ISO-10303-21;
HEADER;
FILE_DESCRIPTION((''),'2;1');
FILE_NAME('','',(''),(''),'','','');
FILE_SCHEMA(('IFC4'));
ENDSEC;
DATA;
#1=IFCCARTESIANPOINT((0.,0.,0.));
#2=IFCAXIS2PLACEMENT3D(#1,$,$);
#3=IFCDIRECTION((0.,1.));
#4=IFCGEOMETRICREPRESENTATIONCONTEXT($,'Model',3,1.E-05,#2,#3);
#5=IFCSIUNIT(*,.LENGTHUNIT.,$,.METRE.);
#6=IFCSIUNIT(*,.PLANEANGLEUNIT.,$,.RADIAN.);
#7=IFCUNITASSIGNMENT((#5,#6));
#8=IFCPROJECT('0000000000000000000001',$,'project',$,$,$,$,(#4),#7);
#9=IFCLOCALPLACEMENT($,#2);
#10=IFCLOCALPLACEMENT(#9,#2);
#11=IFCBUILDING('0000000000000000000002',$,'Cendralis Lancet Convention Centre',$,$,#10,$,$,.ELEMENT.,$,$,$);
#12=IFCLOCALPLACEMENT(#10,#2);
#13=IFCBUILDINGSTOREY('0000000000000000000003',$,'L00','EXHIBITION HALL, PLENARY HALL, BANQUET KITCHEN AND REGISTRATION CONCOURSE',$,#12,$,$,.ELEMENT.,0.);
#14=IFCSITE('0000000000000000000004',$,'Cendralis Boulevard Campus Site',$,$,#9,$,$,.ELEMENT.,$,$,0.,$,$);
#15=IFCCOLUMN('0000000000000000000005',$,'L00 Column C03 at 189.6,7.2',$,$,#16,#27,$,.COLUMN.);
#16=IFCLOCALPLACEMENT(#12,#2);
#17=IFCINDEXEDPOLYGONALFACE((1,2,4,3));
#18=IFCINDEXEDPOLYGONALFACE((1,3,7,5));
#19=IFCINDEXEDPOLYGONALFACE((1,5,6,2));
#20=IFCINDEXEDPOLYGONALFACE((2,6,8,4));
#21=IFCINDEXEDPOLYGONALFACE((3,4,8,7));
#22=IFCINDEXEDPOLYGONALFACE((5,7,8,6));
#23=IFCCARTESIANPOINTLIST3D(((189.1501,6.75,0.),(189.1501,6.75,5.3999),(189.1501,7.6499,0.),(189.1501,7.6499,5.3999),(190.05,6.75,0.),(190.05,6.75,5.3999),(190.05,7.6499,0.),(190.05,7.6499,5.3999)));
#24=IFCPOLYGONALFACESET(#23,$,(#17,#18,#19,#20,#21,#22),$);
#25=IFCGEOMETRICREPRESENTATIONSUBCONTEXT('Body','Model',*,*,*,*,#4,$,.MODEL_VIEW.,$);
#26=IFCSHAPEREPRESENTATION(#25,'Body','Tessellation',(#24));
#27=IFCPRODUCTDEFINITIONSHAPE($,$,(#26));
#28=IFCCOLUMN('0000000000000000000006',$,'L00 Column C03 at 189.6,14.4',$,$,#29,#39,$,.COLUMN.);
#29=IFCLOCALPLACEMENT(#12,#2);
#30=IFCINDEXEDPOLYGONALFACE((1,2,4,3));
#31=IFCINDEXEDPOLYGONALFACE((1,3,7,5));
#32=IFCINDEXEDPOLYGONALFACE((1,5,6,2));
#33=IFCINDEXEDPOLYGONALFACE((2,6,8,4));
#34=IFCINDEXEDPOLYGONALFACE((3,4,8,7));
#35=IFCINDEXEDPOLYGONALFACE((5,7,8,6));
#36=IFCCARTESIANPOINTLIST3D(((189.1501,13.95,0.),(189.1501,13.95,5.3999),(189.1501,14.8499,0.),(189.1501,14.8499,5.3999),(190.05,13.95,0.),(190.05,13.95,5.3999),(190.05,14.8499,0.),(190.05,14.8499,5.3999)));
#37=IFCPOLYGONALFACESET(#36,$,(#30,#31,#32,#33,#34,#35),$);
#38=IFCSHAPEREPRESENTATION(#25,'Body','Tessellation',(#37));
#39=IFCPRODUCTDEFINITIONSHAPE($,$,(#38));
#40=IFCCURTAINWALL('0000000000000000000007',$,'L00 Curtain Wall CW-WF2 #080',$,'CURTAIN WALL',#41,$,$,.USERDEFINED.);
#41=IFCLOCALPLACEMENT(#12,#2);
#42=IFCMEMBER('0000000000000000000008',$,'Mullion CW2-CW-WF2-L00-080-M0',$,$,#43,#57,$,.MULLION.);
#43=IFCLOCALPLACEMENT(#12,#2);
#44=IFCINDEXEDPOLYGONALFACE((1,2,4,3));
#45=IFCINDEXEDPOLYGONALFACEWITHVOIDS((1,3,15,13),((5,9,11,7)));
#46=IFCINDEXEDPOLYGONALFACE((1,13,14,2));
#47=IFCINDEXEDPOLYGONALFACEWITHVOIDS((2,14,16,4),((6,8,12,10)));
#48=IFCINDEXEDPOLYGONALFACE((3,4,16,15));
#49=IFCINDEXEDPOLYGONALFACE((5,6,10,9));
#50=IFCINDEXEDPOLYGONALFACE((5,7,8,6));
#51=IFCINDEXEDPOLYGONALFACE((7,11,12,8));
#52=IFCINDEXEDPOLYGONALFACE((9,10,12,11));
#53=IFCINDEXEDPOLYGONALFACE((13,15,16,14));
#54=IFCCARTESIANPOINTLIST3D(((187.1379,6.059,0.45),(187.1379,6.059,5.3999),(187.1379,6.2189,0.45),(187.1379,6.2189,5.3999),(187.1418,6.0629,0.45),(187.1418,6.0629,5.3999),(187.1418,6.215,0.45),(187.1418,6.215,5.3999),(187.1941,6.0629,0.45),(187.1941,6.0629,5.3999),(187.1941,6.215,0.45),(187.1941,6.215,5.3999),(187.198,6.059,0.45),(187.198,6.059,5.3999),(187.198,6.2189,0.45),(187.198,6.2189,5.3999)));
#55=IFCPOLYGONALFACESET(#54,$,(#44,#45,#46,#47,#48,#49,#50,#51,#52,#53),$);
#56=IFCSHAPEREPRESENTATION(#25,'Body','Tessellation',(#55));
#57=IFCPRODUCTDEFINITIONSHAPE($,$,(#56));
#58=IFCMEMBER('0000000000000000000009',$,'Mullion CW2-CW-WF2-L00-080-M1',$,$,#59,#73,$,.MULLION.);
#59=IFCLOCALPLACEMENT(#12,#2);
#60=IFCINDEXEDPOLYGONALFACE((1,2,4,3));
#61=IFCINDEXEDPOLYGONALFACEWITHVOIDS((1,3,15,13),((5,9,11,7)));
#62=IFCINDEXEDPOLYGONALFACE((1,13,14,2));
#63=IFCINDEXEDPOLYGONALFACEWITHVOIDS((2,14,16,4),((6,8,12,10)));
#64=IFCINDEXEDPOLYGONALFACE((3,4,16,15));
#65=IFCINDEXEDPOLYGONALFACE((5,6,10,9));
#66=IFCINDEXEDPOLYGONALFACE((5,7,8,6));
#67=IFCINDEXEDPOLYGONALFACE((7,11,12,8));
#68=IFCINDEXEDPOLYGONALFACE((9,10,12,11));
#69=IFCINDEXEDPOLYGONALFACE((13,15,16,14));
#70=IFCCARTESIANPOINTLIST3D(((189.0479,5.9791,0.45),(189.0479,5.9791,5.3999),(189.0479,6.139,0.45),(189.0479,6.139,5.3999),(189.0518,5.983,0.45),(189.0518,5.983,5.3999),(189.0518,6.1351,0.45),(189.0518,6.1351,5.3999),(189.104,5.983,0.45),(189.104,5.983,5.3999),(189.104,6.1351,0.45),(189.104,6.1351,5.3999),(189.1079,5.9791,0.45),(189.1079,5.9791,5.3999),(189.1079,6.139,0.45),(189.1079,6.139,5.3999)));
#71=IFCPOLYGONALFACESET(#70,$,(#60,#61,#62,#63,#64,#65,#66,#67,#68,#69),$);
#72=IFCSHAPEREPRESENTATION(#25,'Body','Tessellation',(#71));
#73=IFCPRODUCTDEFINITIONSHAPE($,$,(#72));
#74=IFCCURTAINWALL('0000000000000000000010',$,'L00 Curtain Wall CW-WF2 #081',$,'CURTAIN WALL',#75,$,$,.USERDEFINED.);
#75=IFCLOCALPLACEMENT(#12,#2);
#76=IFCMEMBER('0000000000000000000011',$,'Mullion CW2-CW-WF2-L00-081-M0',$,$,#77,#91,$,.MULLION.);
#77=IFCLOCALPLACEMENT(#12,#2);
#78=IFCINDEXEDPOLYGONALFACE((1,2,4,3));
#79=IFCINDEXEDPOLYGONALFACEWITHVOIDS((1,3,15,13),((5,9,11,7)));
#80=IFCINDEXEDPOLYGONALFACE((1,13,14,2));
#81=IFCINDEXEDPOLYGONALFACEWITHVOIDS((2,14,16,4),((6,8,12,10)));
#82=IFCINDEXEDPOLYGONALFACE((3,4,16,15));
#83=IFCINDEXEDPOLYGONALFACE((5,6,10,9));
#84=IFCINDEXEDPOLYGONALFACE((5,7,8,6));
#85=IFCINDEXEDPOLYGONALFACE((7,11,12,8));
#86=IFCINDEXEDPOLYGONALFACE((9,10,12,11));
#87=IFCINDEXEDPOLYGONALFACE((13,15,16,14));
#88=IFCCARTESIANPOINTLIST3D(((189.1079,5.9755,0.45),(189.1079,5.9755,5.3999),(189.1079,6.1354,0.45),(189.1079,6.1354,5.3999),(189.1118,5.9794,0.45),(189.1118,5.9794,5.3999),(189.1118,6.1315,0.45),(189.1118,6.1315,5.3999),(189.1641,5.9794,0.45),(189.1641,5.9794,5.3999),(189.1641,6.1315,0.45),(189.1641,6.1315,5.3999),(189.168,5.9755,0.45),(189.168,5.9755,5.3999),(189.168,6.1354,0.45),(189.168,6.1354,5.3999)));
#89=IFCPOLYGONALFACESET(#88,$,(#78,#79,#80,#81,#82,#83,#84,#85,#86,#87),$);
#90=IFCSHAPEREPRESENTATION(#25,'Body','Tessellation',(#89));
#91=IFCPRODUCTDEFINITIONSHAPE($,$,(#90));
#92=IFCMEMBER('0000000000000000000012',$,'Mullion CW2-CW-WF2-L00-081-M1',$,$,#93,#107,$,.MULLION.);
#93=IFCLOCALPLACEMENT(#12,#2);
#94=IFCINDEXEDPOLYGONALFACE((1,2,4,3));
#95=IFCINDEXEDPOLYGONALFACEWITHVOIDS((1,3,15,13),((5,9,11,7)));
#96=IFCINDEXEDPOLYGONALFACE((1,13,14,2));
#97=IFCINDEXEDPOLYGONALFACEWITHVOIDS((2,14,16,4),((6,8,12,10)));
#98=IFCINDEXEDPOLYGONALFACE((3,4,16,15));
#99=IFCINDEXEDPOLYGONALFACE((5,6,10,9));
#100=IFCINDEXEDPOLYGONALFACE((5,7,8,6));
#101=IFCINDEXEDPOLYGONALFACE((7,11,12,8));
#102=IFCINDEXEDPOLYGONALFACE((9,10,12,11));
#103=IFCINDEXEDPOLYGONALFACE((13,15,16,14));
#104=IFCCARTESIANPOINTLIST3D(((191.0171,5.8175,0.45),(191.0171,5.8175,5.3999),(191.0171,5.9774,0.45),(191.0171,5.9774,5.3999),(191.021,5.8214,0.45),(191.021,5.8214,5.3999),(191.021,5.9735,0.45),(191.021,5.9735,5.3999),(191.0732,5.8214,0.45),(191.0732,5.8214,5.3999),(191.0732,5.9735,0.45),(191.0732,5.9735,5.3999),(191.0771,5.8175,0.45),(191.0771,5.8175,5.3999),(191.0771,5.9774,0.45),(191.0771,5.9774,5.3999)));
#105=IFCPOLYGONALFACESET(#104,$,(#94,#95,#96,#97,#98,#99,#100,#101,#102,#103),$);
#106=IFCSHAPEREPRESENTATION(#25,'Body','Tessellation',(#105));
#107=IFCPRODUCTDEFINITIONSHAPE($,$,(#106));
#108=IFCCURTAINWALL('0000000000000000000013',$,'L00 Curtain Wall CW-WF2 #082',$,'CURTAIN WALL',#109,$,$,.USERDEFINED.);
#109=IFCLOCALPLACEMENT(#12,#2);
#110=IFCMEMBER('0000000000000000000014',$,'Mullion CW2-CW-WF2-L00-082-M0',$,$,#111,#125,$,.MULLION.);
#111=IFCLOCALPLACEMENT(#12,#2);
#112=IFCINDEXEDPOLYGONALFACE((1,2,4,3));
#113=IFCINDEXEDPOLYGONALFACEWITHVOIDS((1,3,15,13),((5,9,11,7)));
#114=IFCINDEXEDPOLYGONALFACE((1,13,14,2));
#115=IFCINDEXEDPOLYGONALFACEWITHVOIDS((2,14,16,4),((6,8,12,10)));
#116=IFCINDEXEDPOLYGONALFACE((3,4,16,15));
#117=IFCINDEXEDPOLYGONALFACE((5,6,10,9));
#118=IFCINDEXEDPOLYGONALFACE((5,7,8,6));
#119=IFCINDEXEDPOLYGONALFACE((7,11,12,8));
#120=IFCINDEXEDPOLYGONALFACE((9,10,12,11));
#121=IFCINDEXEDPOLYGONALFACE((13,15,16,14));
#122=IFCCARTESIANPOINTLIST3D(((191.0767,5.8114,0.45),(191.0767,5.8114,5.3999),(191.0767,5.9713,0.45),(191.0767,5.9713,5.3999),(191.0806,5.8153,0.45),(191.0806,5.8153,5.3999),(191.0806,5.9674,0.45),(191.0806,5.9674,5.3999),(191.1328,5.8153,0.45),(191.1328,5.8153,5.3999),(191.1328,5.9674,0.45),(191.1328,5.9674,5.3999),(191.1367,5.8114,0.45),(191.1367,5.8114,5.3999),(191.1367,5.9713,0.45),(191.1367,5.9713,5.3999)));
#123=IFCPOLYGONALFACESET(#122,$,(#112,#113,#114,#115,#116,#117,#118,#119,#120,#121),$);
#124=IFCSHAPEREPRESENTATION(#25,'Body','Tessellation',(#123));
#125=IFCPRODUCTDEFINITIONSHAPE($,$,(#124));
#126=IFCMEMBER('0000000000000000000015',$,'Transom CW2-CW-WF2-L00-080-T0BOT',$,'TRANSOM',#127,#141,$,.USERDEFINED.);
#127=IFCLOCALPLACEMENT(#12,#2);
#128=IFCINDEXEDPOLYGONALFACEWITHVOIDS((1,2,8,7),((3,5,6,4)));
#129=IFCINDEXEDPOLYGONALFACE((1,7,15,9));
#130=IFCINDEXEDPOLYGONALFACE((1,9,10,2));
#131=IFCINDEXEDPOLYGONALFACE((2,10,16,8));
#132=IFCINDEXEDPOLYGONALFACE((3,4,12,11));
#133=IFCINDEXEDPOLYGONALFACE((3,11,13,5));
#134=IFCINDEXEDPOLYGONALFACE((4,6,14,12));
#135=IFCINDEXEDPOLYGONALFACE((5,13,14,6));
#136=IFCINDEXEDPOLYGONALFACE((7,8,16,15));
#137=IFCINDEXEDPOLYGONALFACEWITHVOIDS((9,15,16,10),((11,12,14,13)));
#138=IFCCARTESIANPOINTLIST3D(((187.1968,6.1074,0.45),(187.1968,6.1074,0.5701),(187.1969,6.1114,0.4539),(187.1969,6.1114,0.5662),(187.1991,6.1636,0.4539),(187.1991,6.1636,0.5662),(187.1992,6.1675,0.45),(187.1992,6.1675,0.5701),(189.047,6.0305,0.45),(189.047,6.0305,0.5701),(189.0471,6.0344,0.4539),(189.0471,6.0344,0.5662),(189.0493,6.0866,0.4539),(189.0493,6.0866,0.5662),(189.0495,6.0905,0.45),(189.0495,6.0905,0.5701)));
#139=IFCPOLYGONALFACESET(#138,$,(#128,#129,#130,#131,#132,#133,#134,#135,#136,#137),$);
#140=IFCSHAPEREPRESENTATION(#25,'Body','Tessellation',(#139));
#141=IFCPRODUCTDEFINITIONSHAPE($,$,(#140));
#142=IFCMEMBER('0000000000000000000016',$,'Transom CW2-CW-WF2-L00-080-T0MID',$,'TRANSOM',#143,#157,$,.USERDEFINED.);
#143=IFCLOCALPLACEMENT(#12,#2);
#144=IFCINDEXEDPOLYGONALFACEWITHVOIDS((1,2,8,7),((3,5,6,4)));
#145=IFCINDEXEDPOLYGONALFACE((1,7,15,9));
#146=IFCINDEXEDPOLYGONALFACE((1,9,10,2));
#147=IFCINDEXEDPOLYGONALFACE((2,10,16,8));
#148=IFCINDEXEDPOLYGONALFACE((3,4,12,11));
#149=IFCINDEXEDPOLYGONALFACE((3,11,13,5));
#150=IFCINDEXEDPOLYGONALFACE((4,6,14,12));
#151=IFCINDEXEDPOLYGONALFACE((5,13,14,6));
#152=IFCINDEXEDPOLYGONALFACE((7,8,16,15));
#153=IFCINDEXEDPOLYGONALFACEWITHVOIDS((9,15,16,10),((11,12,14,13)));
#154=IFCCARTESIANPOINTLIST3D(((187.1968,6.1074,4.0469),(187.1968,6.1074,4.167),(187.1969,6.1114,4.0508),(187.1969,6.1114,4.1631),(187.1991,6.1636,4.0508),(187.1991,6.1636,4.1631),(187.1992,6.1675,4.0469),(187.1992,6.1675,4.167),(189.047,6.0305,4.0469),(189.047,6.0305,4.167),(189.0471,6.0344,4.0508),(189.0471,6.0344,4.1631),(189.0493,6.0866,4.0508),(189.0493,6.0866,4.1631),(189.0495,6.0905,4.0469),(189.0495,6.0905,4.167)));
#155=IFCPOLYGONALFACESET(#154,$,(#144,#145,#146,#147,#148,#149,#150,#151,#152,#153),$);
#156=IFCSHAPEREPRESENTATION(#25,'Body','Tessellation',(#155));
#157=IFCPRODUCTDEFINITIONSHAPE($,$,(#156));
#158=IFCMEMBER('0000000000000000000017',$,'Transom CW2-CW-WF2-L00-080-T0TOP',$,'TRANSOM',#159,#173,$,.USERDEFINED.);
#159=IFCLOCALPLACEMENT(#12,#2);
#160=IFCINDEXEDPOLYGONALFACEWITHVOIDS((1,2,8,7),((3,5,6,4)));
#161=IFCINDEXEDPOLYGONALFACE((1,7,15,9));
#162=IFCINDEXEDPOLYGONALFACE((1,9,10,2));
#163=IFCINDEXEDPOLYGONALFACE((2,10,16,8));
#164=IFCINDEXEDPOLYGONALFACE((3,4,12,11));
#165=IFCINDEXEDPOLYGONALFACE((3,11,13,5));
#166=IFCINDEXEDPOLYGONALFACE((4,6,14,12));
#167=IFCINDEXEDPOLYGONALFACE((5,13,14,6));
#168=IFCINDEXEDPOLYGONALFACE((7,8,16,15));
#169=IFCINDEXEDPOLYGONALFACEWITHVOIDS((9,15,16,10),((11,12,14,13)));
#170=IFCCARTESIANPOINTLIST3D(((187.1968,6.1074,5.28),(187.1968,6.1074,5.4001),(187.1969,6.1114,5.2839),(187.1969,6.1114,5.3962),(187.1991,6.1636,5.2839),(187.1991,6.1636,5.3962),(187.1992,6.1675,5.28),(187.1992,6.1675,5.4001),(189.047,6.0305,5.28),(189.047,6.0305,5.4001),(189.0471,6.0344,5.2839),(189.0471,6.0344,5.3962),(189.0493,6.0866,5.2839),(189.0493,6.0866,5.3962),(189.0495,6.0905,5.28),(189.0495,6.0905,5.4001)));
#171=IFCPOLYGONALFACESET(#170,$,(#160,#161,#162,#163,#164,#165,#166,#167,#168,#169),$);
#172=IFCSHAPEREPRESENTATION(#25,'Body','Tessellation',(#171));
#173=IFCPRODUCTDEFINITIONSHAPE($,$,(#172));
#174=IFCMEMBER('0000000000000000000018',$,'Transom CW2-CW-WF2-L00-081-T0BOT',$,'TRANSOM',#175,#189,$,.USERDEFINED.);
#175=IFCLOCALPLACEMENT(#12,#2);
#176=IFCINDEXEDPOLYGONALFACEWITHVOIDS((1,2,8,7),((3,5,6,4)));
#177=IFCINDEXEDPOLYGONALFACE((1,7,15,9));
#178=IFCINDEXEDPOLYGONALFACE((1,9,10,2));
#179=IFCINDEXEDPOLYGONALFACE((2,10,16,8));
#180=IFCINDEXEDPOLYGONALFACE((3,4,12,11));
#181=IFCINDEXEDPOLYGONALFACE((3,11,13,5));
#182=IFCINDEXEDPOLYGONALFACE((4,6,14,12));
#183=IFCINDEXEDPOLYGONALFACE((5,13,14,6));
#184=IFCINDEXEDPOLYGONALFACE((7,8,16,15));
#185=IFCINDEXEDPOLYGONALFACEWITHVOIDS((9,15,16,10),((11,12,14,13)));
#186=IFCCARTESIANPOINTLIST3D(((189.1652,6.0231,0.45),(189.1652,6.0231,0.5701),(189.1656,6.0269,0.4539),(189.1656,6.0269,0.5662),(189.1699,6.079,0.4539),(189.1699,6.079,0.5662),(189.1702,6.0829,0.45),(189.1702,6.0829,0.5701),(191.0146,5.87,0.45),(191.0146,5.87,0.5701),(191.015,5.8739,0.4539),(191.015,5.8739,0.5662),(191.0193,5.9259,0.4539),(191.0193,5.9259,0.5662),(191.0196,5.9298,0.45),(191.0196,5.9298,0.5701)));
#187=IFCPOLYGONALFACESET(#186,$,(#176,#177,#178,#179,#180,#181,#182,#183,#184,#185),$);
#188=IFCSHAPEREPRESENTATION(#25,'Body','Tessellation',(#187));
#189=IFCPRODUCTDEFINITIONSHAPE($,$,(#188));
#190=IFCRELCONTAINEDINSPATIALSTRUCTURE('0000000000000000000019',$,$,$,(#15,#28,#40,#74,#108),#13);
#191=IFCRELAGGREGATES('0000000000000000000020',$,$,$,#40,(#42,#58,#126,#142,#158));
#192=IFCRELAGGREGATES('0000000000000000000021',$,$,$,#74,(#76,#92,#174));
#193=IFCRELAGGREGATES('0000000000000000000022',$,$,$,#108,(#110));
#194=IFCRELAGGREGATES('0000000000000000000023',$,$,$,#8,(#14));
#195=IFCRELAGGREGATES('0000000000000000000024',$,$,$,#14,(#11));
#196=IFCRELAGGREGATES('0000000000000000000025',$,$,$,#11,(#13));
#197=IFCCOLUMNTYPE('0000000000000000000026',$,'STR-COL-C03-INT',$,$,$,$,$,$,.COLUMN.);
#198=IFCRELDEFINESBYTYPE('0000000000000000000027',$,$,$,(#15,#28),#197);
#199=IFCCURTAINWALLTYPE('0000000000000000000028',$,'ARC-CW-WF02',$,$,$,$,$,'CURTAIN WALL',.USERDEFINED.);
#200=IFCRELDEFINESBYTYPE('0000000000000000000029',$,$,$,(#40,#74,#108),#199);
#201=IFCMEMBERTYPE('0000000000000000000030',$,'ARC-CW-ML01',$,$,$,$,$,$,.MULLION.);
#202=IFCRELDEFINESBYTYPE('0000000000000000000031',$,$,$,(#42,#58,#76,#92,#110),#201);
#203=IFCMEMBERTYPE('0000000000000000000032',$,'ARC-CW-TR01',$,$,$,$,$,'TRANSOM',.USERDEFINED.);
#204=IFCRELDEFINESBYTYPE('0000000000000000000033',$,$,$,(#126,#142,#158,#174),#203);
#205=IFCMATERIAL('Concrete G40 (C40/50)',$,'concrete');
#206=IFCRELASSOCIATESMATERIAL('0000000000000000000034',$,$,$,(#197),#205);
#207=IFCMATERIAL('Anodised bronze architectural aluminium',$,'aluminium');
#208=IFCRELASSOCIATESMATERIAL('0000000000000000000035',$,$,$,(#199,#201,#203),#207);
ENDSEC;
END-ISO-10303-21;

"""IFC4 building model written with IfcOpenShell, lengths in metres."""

from ifc_helpers import new_model, si_unit, direction, frame, origin, origin_2d, place, context, subcontext, project, spatial, rectangle, hollow_rectangle, extrude, material, material_profile, profile_set, type_object, element, aggregate, save


model = new_model("IFC4")

# Units and contexts
model_context = context("Model", 3, precision=1e-05, world=origin(), true_north=direction((0.0, 1.0)))
body_context = subcontext(model_context, "Body", "Model", "MODEL_VIEW")
ifc_project = project(units=[si_unit("LENGTHUNIT", "METRE"), si_unit("PLANEANGLEUNIT", "RADIAN")], contexts=[model_context])

# Site, building, storey
site_placement = place(None, origin())
site = spatial("IfcSite", under=ifc_project, at=site_placement, Name="Cendralis Boulevard Campus Site", CompositionType="ELEMENT", RefElevation=0.0)
building_placement = place(site_placement, origin())
building = spatial("IfcBuilding", under=site, at=building_placement, Name="Cendralis Lancet Convention Centre", CompositionType="ELEMENT")
storey_placement = place(building_placement, origin())
storey = spatial("IfcBuildingStorey", under=building, at=storey_placement, Name="L00", Description="EXHIBITION HALL, PLENARY HALL, BANQUET KITCHEN AND REGISTRATION CONCOURSE", CompositionType="ELEMENT", Elevation=0.0)

# Columns
ifc_material_1 = material(Name="Concrete G40 (C40/50)", Category="concrete")
ifc_material_profile_1 = material_profile(ifc_material_1, rectangle(XDim=0.8999, YDim=0.8999, at=origin_2d()), Name="RC 900x900")
ifc_profile_set_1 = profile_set([ifc_material_profile_1], Name="Concrete G40 (C40/50)")
column_type = type_object("IfcColumnType", Name="STR-COL-C03-INT", PredefinedType="COLUMN", material=ifc_profile_set_1)
for number, where, z_axis, x_axis, name in (
    (1, (189.6001, 7.2, 0.0), (0.0, 0.0, 1.0), (1.0, 0.0, 0.0), "L00 Column C03 at 189.6,7.2"),
    (2, (189.6001, 14.3999, 0.0), (0.0, 0.0, 1.0), (1.0, 0.0, 0.0), "L00 Column C03 at 189.6,14.4"),
):
    element("IfcColumn", number, at=place(storey_placement, frame(where, z_axis=z_axis, x_axis=x_axis)), inside=storey, type_object=column_type, Name=name, PredefinedType="COLUMN", context=body_context, shape_type="SweptSolid", body=[
        extrude(rectangle(XDim=0.8999, YDim=0.8999, at=origin_2d()), origin(), (0.0, 0.0, 1.0), 5.3999),
    ])

# Curtain walls, members
ifc_material_2 = material(Name="Anodised bronze architectural aluminium", Category="aluminium")
curtain_wall_type = type_object("IfcCurtainWallType", Name="ARC-CW-WF02", ElementType="CURTAIN WALL", PredefinedType="USERDEFINED", material=ifc_material_2)
curtain_wall_1_placement = place(storey_placement, origin())
curtain_wall_1 = element("IfcCurtainWall", 3, at=curtain_wall_1_placement, inside=storey, type_object=curtain_wall_type, Name="L00 Curtain Wall CW-WF2 #080", ObjectType="CURTAIN WALL", PredefinedType="USERDEFINED")
ifc_material_profile_2 = material_profile(ifc_material_2, hollow_rectangle(XDim=0.0601, YDim=0.1599, WallThickness=0.0039, at=origin_2d()), Name="AL-MULL 60x160x4.0")
ifc_profile_set_2 = profile_set([ifc_material_profile_2], Name="Anodised bronze architectural aluminium")
member_type_1 = type_object("IfcMemberType", Name="ARC-CW-ML01", PredefinedType="MULLION", material=ifc_profile_set_2)
member_1_placement = place(storey_placement, frame((187.168, 6.1389, 0.45), z_axis=(0.0, 0.0, 1.0), x_axis=(1.0, 0.0, 0.0)))
member_1 = element("IfcMember", 4, at=member_1_placement, type_object=member_type_1, Name="Mullion CW2-CW-WF2-L00-080-M0", PredefinedType="MULLION", context=body_context, shape_type="SweptSolid", body=[
    extrude(hollow_rectangle(XDim=0.0601, YDim=0.1599, WallThickness=0.0039, at=origin_2d()), origin(), (0.0, 0.0, 1.0), 4.95),
])
member_2_placement = place(storey_placement, frame((189.0779, 6.0591, 0.45), z_axis=(0.0, 0.0, 1.0), x_axis=(1.0, 0.0, 0.0)))
member_2 = element("IfcMember", 5, at=member_2_placement, type_object=member_type_1, Name="Mullion CW2-CW-WF2-L00-080-M1", PredefinedType="MULLION", context=body_context, shape_type="SweptSolid", body=[
    extrude(hollow_rectangle(XDim=0.0601, YDim=0.1599, WallThickness=0.0039, at=origin_2d()), origin(), (0.0, 0.0, 1.0), 4.95),
])
curtain_wall_2_placement = place(storey_placement, origin())
curtain_wall_2 = element("IfcCurtainWall", 6, at=curtain_wall_2_placement, inside=storey, type_object=curtain_wall_type, Name="L00 Curtain Wall CW-WF2 #081", ObjectType="CURTAIN WALL", PredefinedType="USERDEFINED")
member_3_placement = place(storey_placement, frame((189.1379, 6.0554, 0.45), z_axis=(0.0, 0.0, 1.0), x_axis=(1.0, 0.0, 0.0)))
member_3 = element("IfcMember", 7, at=member_3_placement, type_object=member_type_1, Name="Mullion CW2-CW-WF2-L00-081-M0", PredefinedType="MULLION", context=body_context, shape_type="SweptSolid", body=[
    extrude(hollow_rectangle(XDim=0.0601, YDim=0.1599, WallThickness=0.0039, at=origin_2d()), origin(), (0.0, 0.0, 1.0), 4.95),
])
member_4_placement = place(storey_placement, frame((191.0471, 5.8975, 0.45), z_axis=(0.0, 0.0, 1.0), x_axis=(1.0, 0.0, 0.0)))
member_4 = element("IfcMember", 8, at=member_4_placement, type_object=member_type_1, Name="Mullion CW2-CW-WF2-L00-081-M1", PredefinedType="MULLION", context=body_context, shape_type="SweptSolid", body=[
    extrude(hollow_rectangle(XDim=0.0601, YDim=0.1599, WallThickness=0.0039, at=origin_2d()), origin(), (0.0, 0.0, 1.0), 4.95),
])

# Curtain wall, member
curtain_wall_3_placement = place(storey_placement, origin())
curtain_wall_3 = element("IfcCurtainWall", 9, at=curtain_wall_3_placement, inside=storey, type_object=curtain_wall_type, Name="L00 Curtain Wall CW-WF2 #082", ObjectType="CURTAIN WALL", PredefinedType="USERDEFINED")
member_5_placement = place(storey_placement, frame((191.1067, 5.8914, 0.45), z_axis=(0.0, 0.0, 1.0), x_axis=(1.0, 0.0, 0.0)))
member_5 = element("IfcMember", 10, at=member_5_placement, type_object=member_type_1, Name="Mullion CW2-CW-WF2-L00-082-M0", PredefinedType="MULLION", context=body_context, shape_type="SweptSolid", body=[
    extrude(hollow_rectangle(XDim=0.0601, YDim=0.1599, WallThickness=0.0039, at=origin_2d()), origin(), (0.0, 0.0, 1.0), 4.95),
])

# Members
ifc_material_profile_3 = material_profile(ifc_material_2, hollow_rectangle(XDim=0.0601, YDim=0.1201, WallThickness=0.0039, at=origin_2d()), Name="AL-TRAN 60x120x4.0")
ifc_profile_set_3 = profile_set([ifc_material_profile_3], Name="Anodised bronze architectural aluminium")
member_type_2 = type_object("IfcMemberType", Name="ARC-CW-TR01", ElementType="TRANSOM", PredefinedType="USERDEFINED", material=ifc_profile_set_3)
member_6_placement = place(storey_placement, frame((187.198, 6.1375, 0.51), z_axis=(0.999137, -0.041532, 0.0), x_axis=(0.041532, 0.999137, 0.0)))
member_6 = element("IfcMember", 11, at=member_6_placement, type_object=member_type_2, Name="Transom CW2-CW-WF2-L00-080-T0BOT", ObjectType="TRANSOM", PredefinedType="USERDEFINED", context=body_context, shape_type="SweptSolid", body=[
    extrude(hollow_rectangle(XDim=0.0601, YDim=0.1201, WallThickness=0.0039, at=origin_2d()), origin(), (0.0, 0.0, 1.0), 1.8518),
])
member_7_placement = place(storey_placement, frame((187.198, 6.1375, 4.1069), z_axis=(0.999137, -0.041532, 0.0), x_axis=(0.041532, 0.999137, 0.0)))
member_7 = element("IfcMember", 12, at=member_7_placement, type_object=member_type_2, Name="Transom CW2-CW-WF2-L00-080-T0MID", ObjectType="TRANSOM", PredefinedType="USERDEFINED", context=body_context, shape_type="SweptSolid", body=[
    extrude(hollow_rectangle(XDim=0.0601, YDim=0.1201, WallThickness=0.0039, at=origin_2d()), origin(), (0.0, 0.0, 1.0), 1.8518),
])
member_8_placement = place(storey_placement, frame((187.198, 6.1375, 5.3401), z_axis=(0.999137, -0.041532, 0.0), x_axis=(0.041532, 0.999137, 0.0)))
member_8 = element("IfcMember", 13, at=member_8_placement, type_object=member_type_2, Name="Transom CW2-CW-WF2-L00-080-T0TOP", ObjectType="TRANSOM", PredefinedType="USERDEFINED", context=body_context, shape_type="SweptSolid", body=[
    extrude(hollow_rectangle(XDim=0.0601, YDim=0.1201, WallThickness=0.0039, at=origin_2d()), origin(), (0.0, 0.0, 1.0), 1.8518),
])
member_9_placement = place(storey_placement, frame((189.1677, 6.053, 0.51), z_axis=(0.996592, -0.08249, 0.0), x_axis=(0.08249, 0.996592, 0.0)))
member_9 = element("IfcMember", 14, at=member_9_placement, type_object=member_type_2, Name="Transom CW2-CW-WF2-L00-081-T0BOT", ObjectType="TRANSOM", PredefinedType="USERDEFINED", context=body_context, shape_type="SweptSolid", body=[
    extrude(hollow_rectangle(XDim=0.0601, YDim=0.1201, WallThickness=0.0039, at=origin_2d()), origin(), (0.0, 0.0, 1.0), 1.8557),
])

aggregate(curtain_wall_1, [member_1, member_2, member_6, member_7, member_8])
aggregate(curtain_wall_2, [member_3, member_4, member_9])
aggregate(curtain_wall_3, [member_5])

save(model, "model.ifc")
